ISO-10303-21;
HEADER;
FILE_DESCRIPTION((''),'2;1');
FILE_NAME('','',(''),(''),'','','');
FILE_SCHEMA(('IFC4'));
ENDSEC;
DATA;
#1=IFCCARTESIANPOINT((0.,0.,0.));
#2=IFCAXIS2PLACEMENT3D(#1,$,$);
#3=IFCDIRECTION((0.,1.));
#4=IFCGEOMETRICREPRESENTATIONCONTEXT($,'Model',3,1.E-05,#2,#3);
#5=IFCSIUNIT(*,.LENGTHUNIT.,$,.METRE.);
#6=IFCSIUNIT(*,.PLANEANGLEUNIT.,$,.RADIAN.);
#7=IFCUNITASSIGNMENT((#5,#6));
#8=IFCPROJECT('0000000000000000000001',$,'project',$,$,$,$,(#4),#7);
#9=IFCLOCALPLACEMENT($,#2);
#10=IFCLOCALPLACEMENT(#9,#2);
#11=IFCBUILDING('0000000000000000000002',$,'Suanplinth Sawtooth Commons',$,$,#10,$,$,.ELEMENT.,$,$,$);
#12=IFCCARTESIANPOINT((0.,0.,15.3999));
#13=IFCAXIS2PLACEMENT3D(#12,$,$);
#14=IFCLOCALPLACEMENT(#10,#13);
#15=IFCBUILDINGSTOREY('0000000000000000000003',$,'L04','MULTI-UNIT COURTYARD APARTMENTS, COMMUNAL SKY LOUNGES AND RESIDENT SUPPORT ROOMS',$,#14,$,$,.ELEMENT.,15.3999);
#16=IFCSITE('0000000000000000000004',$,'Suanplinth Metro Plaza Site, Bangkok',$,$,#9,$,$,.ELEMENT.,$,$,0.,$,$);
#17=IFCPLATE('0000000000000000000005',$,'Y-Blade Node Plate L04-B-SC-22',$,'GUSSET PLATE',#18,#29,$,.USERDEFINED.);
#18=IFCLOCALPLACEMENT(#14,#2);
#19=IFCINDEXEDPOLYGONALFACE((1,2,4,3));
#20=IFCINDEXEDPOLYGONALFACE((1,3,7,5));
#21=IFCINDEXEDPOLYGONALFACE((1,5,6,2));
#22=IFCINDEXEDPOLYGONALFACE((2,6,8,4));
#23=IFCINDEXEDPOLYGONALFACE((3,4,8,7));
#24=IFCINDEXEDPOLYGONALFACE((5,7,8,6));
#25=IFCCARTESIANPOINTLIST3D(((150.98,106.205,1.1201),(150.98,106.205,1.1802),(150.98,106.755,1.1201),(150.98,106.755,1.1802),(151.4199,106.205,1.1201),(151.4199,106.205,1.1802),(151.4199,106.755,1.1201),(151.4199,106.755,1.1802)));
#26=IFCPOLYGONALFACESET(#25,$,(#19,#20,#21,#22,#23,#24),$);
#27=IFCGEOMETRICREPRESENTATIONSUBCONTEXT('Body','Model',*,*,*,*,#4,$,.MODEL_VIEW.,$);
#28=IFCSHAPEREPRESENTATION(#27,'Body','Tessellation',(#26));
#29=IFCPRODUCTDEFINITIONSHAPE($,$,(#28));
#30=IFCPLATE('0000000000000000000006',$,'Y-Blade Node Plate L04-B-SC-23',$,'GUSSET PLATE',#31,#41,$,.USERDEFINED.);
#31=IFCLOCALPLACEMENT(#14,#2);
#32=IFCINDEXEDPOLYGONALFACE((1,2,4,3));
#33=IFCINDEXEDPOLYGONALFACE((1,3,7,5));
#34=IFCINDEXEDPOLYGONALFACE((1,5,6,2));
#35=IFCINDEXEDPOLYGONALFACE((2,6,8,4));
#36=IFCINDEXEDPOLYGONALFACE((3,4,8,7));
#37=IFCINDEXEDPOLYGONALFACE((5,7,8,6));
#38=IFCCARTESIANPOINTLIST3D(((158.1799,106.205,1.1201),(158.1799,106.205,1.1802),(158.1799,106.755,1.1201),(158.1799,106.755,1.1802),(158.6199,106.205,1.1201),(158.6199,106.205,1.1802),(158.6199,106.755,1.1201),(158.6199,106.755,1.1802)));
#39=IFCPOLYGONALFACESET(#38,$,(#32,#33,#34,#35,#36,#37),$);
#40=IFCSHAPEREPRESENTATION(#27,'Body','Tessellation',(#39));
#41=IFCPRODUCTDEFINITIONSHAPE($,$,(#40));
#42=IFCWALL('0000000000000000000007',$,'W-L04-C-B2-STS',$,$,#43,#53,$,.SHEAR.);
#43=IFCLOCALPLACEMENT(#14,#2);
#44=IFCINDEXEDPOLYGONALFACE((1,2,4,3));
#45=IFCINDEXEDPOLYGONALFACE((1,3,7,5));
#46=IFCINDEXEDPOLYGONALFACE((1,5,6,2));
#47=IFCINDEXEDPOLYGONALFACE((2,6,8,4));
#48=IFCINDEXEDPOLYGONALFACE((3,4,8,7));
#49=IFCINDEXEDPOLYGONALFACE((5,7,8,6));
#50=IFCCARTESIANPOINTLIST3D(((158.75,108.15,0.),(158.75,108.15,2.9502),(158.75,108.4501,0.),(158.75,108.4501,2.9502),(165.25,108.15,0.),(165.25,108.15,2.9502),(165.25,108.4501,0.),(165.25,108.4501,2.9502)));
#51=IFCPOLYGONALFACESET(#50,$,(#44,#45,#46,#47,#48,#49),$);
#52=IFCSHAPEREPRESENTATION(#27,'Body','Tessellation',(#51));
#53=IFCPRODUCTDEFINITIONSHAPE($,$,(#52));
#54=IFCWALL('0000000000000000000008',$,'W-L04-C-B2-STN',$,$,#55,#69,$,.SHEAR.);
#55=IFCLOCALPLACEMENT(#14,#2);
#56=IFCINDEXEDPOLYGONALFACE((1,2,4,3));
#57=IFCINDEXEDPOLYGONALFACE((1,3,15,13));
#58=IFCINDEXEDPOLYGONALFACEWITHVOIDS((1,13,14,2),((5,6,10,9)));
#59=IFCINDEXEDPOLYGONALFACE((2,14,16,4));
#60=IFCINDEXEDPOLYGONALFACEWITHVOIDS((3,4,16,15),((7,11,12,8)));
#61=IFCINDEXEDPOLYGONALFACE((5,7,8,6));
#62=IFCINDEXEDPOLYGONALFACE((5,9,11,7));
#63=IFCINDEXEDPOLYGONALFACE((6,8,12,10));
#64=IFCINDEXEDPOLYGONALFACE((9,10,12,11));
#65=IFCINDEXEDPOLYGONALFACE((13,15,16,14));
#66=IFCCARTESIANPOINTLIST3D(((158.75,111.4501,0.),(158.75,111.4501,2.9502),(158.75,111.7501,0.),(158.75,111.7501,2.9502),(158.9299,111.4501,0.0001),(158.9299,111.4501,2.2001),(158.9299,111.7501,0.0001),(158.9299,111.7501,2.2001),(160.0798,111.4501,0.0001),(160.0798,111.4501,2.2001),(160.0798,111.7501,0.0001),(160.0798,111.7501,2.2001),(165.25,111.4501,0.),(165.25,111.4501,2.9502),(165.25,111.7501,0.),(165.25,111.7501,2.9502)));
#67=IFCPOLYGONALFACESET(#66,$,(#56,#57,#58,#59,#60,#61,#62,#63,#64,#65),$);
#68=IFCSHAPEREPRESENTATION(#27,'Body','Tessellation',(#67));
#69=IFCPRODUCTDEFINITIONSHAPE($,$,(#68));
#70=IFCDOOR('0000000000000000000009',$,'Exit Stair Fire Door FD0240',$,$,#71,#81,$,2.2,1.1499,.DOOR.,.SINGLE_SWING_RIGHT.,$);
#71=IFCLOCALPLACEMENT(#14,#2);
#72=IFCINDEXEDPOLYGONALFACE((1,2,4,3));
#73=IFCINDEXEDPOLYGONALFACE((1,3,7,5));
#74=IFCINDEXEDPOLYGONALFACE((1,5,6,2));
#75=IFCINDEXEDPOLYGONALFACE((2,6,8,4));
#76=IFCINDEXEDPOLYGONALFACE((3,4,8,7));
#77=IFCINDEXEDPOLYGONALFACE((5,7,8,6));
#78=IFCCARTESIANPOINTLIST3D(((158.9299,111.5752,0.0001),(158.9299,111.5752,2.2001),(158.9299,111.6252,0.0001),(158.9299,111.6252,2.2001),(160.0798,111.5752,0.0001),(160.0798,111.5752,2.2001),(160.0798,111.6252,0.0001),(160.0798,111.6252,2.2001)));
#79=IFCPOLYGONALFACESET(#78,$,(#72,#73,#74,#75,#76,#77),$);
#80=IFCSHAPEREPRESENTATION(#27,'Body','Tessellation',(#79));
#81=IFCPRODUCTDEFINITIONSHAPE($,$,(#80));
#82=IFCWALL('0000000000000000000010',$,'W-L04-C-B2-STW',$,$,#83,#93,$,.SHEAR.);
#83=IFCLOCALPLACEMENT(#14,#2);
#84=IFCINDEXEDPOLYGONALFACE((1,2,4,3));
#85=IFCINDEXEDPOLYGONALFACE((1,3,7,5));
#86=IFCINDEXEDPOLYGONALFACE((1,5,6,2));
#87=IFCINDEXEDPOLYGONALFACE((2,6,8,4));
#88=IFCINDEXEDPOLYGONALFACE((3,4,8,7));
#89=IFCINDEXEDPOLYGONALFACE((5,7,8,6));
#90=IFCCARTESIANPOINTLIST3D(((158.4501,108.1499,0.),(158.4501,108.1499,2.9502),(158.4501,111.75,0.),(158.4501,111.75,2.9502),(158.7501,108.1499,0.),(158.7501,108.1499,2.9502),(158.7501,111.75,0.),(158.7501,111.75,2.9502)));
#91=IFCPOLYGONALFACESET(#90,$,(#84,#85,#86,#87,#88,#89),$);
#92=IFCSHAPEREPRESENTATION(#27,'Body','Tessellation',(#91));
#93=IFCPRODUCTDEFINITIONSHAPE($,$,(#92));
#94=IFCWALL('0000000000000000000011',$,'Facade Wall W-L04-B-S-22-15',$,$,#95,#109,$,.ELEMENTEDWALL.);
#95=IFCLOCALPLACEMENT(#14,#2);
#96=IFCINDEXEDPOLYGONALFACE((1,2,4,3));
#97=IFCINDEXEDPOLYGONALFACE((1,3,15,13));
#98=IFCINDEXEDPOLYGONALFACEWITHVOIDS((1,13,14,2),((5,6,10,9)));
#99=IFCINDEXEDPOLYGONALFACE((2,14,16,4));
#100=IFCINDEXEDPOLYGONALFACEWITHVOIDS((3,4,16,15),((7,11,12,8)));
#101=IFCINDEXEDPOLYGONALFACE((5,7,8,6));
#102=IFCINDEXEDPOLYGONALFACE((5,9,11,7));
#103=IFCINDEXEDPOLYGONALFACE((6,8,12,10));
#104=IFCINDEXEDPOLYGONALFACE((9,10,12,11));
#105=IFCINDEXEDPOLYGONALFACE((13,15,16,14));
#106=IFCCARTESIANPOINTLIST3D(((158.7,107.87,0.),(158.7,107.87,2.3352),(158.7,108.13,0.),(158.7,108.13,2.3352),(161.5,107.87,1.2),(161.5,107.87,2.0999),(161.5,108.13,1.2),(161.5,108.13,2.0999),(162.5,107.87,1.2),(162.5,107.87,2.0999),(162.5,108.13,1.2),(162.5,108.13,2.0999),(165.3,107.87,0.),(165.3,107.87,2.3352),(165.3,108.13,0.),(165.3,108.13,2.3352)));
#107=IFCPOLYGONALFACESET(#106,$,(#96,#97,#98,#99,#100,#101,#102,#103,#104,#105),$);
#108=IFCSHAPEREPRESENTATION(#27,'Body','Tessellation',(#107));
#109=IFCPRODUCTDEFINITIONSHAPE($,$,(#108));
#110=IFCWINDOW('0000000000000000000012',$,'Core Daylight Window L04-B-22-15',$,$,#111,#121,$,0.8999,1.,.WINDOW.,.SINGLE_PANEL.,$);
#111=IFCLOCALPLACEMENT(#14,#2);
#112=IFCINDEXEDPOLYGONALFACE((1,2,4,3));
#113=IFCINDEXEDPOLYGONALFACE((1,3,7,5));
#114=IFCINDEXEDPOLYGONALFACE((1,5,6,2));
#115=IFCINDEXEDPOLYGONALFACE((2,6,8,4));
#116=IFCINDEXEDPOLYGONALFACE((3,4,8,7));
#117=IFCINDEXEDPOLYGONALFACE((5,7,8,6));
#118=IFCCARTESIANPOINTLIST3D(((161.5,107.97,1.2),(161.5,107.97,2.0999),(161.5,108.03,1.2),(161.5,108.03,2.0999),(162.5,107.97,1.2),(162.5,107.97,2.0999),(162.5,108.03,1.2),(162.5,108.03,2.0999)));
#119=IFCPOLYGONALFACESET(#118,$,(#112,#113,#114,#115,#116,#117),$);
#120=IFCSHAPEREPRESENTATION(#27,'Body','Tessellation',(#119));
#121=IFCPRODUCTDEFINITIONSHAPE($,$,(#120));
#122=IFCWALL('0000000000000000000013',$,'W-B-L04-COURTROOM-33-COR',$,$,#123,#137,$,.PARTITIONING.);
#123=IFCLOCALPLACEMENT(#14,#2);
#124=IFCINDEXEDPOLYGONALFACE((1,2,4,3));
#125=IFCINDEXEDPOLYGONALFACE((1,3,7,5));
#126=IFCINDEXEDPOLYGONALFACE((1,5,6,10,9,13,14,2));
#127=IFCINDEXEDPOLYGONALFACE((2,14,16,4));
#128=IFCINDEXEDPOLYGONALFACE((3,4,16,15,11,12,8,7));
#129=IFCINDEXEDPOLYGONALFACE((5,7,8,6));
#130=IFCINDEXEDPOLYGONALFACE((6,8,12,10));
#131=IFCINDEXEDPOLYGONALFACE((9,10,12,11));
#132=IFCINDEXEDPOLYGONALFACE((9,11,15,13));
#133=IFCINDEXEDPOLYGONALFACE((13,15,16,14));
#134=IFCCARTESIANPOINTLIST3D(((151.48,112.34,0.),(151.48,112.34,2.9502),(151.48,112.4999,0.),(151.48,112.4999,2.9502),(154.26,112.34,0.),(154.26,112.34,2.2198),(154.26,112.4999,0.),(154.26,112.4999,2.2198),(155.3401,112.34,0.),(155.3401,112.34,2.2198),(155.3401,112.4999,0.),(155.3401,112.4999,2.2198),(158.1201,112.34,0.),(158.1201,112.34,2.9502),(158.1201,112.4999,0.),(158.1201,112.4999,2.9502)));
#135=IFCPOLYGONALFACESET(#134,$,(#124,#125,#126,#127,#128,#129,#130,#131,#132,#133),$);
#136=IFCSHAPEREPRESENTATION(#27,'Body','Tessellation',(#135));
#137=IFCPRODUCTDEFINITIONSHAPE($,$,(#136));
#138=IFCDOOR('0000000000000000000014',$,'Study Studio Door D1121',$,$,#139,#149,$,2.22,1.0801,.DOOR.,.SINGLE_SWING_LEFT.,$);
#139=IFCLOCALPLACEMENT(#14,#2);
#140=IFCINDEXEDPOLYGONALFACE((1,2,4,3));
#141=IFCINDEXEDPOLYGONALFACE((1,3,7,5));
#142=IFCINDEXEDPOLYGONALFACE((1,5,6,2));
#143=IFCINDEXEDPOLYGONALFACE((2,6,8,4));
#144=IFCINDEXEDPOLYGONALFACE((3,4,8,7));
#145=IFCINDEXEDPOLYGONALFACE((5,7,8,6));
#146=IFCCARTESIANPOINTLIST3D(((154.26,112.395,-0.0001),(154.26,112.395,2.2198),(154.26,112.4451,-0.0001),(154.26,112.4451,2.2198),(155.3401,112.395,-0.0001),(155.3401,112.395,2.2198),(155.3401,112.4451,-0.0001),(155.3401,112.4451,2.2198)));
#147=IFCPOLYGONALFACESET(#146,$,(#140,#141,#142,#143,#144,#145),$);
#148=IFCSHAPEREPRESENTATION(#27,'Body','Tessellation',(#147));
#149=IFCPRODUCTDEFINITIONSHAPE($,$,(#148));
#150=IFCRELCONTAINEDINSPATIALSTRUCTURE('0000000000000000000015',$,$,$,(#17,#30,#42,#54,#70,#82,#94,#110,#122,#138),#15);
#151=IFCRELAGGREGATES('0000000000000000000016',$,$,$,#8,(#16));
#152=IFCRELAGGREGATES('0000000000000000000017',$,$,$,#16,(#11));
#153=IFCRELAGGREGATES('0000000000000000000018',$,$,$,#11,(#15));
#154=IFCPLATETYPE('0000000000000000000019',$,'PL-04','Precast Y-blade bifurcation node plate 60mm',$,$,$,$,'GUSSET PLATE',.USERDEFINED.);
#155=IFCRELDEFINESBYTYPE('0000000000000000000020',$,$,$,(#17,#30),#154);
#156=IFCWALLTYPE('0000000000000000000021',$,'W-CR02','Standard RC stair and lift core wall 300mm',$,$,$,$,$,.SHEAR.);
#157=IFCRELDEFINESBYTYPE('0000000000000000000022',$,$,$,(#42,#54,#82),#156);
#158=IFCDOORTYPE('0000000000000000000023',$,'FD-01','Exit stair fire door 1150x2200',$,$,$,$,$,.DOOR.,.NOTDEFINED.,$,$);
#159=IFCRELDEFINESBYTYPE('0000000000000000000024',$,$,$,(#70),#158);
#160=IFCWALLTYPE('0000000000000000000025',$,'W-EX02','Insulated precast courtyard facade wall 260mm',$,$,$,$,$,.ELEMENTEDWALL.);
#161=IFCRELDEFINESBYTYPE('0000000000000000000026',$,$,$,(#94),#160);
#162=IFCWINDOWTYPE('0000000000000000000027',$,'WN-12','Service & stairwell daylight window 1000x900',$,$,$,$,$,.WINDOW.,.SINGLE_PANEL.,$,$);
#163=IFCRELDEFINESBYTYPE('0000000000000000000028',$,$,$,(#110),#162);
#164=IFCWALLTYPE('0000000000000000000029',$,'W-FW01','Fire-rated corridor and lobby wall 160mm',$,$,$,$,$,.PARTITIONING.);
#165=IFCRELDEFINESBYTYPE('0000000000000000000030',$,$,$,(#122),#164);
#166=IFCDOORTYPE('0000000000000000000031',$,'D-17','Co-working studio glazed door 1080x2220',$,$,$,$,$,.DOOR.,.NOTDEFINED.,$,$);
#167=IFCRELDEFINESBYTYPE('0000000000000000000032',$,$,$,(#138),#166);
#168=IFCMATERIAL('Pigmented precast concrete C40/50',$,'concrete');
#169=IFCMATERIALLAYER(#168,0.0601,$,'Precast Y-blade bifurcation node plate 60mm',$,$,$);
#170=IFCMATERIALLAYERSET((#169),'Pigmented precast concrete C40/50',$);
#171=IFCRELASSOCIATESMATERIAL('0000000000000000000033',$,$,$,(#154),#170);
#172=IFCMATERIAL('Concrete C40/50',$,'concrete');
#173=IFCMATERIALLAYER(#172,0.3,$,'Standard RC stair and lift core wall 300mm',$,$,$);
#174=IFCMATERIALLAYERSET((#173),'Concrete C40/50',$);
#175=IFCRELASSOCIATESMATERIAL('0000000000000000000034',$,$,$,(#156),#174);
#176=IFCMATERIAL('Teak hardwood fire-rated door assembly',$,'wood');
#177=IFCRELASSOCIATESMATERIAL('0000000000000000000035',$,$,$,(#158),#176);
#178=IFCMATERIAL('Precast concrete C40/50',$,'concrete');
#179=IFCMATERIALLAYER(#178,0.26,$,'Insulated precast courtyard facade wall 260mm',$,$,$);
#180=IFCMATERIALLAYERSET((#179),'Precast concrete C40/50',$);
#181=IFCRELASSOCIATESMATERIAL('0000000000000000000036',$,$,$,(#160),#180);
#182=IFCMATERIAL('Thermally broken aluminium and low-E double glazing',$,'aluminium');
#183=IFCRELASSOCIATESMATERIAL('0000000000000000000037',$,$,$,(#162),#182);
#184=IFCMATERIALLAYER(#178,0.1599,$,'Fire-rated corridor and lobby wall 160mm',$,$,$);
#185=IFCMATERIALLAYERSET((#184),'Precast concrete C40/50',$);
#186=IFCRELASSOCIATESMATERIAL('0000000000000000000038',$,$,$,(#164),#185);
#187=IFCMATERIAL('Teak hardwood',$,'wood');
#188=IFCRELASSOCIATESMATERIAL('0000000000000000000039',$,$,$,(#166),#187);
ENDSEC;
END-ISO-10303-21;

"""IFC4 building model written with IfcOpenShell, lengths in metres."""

from ifc_helpers import new_model, si_unit, direction, frame, frame_2d, origin, origin_2d, place, context, subcontext, project, spatial, rectangle, extrude, material, layer, layer_set, type_object, element, fill, save


model = new_model("IFC4")

# Units and contexts
model_context = context("Model", 3, precision=1e-05, world=origin(), true_north=direction((0.0, 1.0)))
body_context = subcontext(model_context, "Body", "Model", "MODEL_VIEW")
ifc_project = project(units=[si_unit("LENGTHUNIT", "METRE"), si_unit("PLANEANGLEUNIT", "RADIAN")], contexts=[model_context])

# Site, building, storey
site_placement = place(None, origin())
site = spatial("IfcSite", under=ifc_project, at=site_placement, Name="Suanplinth Metro Plaza Site, Bangkok", CompositionType="ELEMENT", RefElevation=0.0)
building_placement = place(site_placement, origin())
building = spatial("IfcBuilding", under=site, at=building_placement, Name="Suanplinth Sawtooth Commons", CompositionType="ELEMENT")
storey_placement = place(building_placement, frame((0.0, 0.0, 15.3999)))
storey = spatial("IfcBuildingStorey", under=building, at=storey_placement, Name="L04", Description="MULTI-UNIT COURTYARD APARTMENTS, COMMUNAL SKY LOUNGES AND RESIDENT SUPPORT ROOMS", CompositionType="ELEMENT", Elevation=15.3999)

# Shared definitions
ifc_material_1 = material(Name="Precast concrete C40/50", Category="concrete")

# Shared definitions
ifc_material_2 = material(Name="Pigmented precast concrete C40/50", Category="concrete")

# Plates
ifc_layer_1 = layer(ifc_material_2, 0.0601, Name="Precast Y-blade bifurcation node plate 60mm")
ifc_layer_set_1 = layer_set([ifc_layer_1], Name="Pigmented precast concrete C40/50")
plate_type = type_object("IfcPlateType", Name="PL-04", Description="Precast Y-blade bifurcation node plate 60mm", ElementType="GUSSET PLATE", PredefinedType="USERDEFINED", material=ifc_layer_set_1)
for number, where, z_axis, x_axis, name in (
    (1, (151.2, 106.48, 1.1201), (0.0, 0.0, 1.0), (1.0, 0.0, 0.0), "Y-Blade Node Plate L04-B-SC-22"),
    (2, (158.3999, 106.48, 1.1201), (0.0, 0.0, 1.0), (1.0, 0.0, 0.0), "Y-Blade Node Plate L04-B-SC-23"),
):
    element("IfcPlate", number, at=place(storey_placement, frame(where, z_axis=z_axis, x_axis=x_axis)), inside=storey, type_object=plate_type, Name=name, ObjectType="GUSSET PLATE", PredefinedType="USERDEFINED", context=body_context, shape_type="SweptSolid", body=[
        extrude(rectangle(XDim=0.4399, YDim=0.55, at=origin_2d()), origin(), (0.0, 0.0, 1.0), 0.0601),
    ])

# Wall
ifc_material_3 = material(Name="Concrete C40/50", Category="concrete")
ifc_layer_2 = layer(ifc_material_3, 0.3, Name="Standard RC stair and lift core wall 300mm")
ifc_layer_set_2 = layer_set([ifc_layer_2], Name="Concrete C40/50")
wall_type_1 = type_object("IfcWallType", Name="W-CR02", Description="Standard RC stair and lift core wall 300mm", PredefinedType="SHEAR", material=ifc_layer_set_2)
wall_1_placement = place(storey_placement, frame((158.75, 108.3, 0.0), z_axis=(0.0, 0.0, 1.0), x_axis=(1.0, 0.0, 0.0)))
element("IfcWall", 3, at=wall_1_placement, inside=storey, type_object=wall_type_1, Name="W-L04-C-B2-STS", PredefinedType="SHEAR", context=body_context, shape_type="SweptSolid", body=[
    extrude(rectangle(XDim=6.5, YDim=0.3, at=frame_2d((3.25, 0.0))), origin(), (0.0, 0.0, 1.0), 2.9502),
])

# Wall, opening, door
wall_2_placement = place(storey_placement, frame((158.75, 111.6001, 0.0), z_axis=(0.0, 0.0, 1.0), x_axis=(1.0, 0.0, 0.0)))
wall_2 = element("IfcWall", 4, at=wall_2_placement, inside=storey, type_object=wall_type_1, Name="W-L04-C-B2-STN", PredefinedType="SHEAR", context=body_context, shape_type="SweptSolid", body=[
    extrude(rectangle(XDim=6.5, YDim=0.3, at=frame_2d((3.25, 0.0))), origin(), (0.0, 0.0, 1.0), 2.9502),
])
opening_1_placement = place(wall_2_placement, frame((0.1799, 0.0, 0.0)))
opening_1 = element("IfcOpeningElement", 5, at=opening_1_placement, cuts=wall_2, PredefinedType="OPENING", context=body_context, shape_type="SweptSolid", body=[
    extrude(rectangle(XDim=1.1499, YDim=2.2, at=frame_2d((0.575, 1.1001))), frame((0.0, 0.165, 0.0), z_axis=(0.0, -1.0, 0.0), x_axis=(1.0, 0.0, 0.0)), (0.0, 0.0, 1.0), 0.3298),
])
ifc_material_4 = material(Name="Teak hardwood fire-rated door assembly", Category="wood")
door_type_1 = type_object("IfcDoorType", Name="FD-01", Description="Exit stair fire door 1150x2200", OperationType="NOTDEFINED", PredefinedType="DOOR", material=ifc_material_4)
door_1_placement = place(opening_1_placement, frame((1.1499, 0.0, 0.0), z_axis=(0.0, 0.0, 1.0), x_axis=(-1.0, 0.0, 0.0)))
door_1 = element("IfcDoor", 6, at=door_1_placement, inside=storey, type_object=door_type_1, Name="Exit Stair Fire Door FD0240", OperationType="SINGLE_SWING_RIGHT", OverallHeight=2.2, OverallWidth=1.1499, PredefinedType="DOOR", context=body_context, shape_type="SweptSolid", body=[
    extrude(rectangle(XDim=1.1499, YDim=2.2, at=frame_2d((0.575, 1.1001))), frame((0.0, 0.0249, 0.0), z_axis=(0.0, -1.0, 0.0), x_axis=(1.0, 0.0, 0.0)), (0.0, 0.0, 1.0), 0.05),
])
fill(opening_1, door_1)

# Wall
wall_3_placement = place(storey_placement, frame((158.6001, 108.1499, 0.0), z_axis=(0.0, 0.0, 1.0), x_axis=(0.0, 1.0, 0.0)))
element("IfcWall", 7, at=wall_3_placement, inside=storey, type_object=wall_type_1, Name="W-L04-C-B2-STW", PredefinedType="SHEAR", context=body_context, shape_type="SweptSolid", body=[
    extrude(rectangle(XDim=3.6001, YDim=0.3, at=frame_2d((1.8, 0.0))), origin(), (0.0, 0.0, 1.0), 2.9502),
])

# Shared definitions
ifc_layer_3 = layer(ifc_material_1, 0.26, Name="Insulated precast courtyard facade wall 260mm")
ifc_layer_set_3 = layer_set([ifc_layer_3], Name="Precast concrete C40/50")
wall_type_2 = type_object("IfcWallType", Name="W-EX02", Description="Insulated precast courtyard facade wall 260mm", PredefinedType="ELEMENTEDWALL", material=ifc_layer_set_3)
ifc_material_5 = material(Name="Thermally broken aluminium and low-E double glazing", Category="aluminium")

# Wall, opening, window
wall_4_placement = place(storey_placement, frame((158.7, 108.0, 0.0), z_axis=(0.0, 0.0, 1.0), x_axis=(1.0, 0.0, 0.0)))
wall_4 = element("IfcWall", 8, at=wall_4_placement, inside=storey, type_object=wall_type_2, Name="Facade Wall W-L04-B-S-22-15", PredefinedType="ELEMENTEDWALL", context=body_context, shape_type="SweptSolid", body=[
    extrude(rectangle(XDim=6.6001, YDim=0.26, at=frame_2d((3.3, 0.0))), origin(), (0.0, 0.0, 1.0), 2.3352),
])
opening_2_placement = place(wall_4_placement, frame((2.8, 0.0, 1.2)))
opening_2 = element("IfcOpeningElement", 9, at=opening_2_placement, cuts=wall_4, PredefinedType="OPENING", context=body_context, shape_type="SweptSolid", body=[
    extrude(rectangle(XDim=1.0, YDim=0.8999, at=frame_2d((0.5, 0.45))), frame((0.0, 0.145, 0.0), z_axis=(0.0, -1.0, 0.0), x_axis=(1.0, 0.0, 0.0)), (0.0, 0.0, 1.0), 0.2898),
])
window_type_1 = type_object("IfcWindowType", Name="WN-12", Description="Service & stairwell daylight window 1000x900", PartitioningType="SINGLE_PANEL", PredefinedType="WINDOW", material=ifc_material_5)
window_1_placement = place(opening_2_placement, origin())
window_1 = element("IfcWindow", 10, at=window_1_placement, inside=storey, type_object=window_type_1, Name="Core Daylight Window L04-B-22-15", OverallHeight=0.8999, OverallWidth=1.0, PartitioningType="SINGLE_PANEL", PredefinedType="WINDOW", context=body_context, shape_type="SweptSolid", body=[
    extrude(rectangle(XDim=1.0, YDim=0.8999, at=frame_2d((0.5, 0.45))), frame((0.0, 0.03, 0.0), z_axis=(0.0, -1.0, 0.0), x_axis=(1.0, 0.0, 0.0)), (0.0, 0.0, 1.0), 0.0601),
])
fill(opening_2, window_1)

# Wall, opening, door
ifc_layer_4 = layer(ifc_material_1, 0.1599, Name="Fire-rated corridor and lobby wall 160mm")
ifc_layer_set_4 = layer_set([ifc_layer_4], Name="Precast concrete C40/50")
wall_type_3 = type_object("IfcWallType", Name="W-FW01", Description="Fire-rated corridor and lobby wall 160mm", PredefinedType="PARTITIONING", material=ifc_layer_set_4)
wall_5_placement = place(storey_placement, frame((151.48, 112.4199, 0.0), z_axis=(0.0, 0.0, 1.0), x_axis=(1.0, 0.0, 0.0)))
wall_5 = element("IfcWall", 11, at=wall_5_placement, inside=storey, type_object=wall_type_3, Name="W-B-L04-COURTROOM-33-COR", PredefinedType="PARTITIONING", context=body_context, shape_type="SweptSolid", body=[
    extrude(rectangle(XDim=6.6401, YDim=0.1599, at=frame_2d((3.3201, 0.0))), origin(), (0.0, 0.0, 1.0), 2.9502),
])
opening_3_placement = place(wall_5_placement, frame((2.78, 0.0, 0.0)))
opening_3 = element("IfcOpeningElement", 12, at=opening_3_placement, cuts=wall_5, PredefinedType="OPENING", context=body_context, shape_type="SweptSolid", body=[
    extrude(rectangle(XDim=1.0801, YDim=2.22, at=frame_2d((0.54, 1.1099))), frame((0.0, 0.0947, 0.0), z_axis=(0.0, -1.0, 0.0), x_axis=(1.0, 0.0, 0.0)), (0.0, 0.0, 1.0), 0.1897),
])
ifc_material_6 = material(Name="Teak hardwood", Category="wood")
door_type_2 = type_object("IfcDoorType", Name="D-17", Description="Co-working studio glazed door 1080x2220", OperationType="NOTDEFINED", PredefinedType="DOOR", material=ifc_material_6)
door_2_placement = place(opening_3_placement, frame((1.0801, 0.0, 0.0), z_axis=(0.0, 0.0, 1.0), x_axis=(-1.0, 0.0, 0.0)))
door_2 = element("IfcDoor", 13, at=door_2_placement, inside=storey, type_object=door_type_2, Name="Study Studio Door D1121", OperationType="SINGLE_SWING_LEFT", OverallHeight=2.22, OverallWidth=1.0801, PredefinedType="DOOR", context=body_context, shape_type="SweptSolid", body=[
    extrude(rectangle(XDim=1.0801, YDim=2.22, at=frame_2d((0.54, 1.1099))), frame((0.0, 0.0249, 0.0), z_axis=(0.0, -1.0, 0.0), x_axis=(1.0, 0.0, 0.0)), (0.0, 0.0, 1.0), 0.05),
])
fill(opening_3, door_2)

save(model, "model.ifc")
